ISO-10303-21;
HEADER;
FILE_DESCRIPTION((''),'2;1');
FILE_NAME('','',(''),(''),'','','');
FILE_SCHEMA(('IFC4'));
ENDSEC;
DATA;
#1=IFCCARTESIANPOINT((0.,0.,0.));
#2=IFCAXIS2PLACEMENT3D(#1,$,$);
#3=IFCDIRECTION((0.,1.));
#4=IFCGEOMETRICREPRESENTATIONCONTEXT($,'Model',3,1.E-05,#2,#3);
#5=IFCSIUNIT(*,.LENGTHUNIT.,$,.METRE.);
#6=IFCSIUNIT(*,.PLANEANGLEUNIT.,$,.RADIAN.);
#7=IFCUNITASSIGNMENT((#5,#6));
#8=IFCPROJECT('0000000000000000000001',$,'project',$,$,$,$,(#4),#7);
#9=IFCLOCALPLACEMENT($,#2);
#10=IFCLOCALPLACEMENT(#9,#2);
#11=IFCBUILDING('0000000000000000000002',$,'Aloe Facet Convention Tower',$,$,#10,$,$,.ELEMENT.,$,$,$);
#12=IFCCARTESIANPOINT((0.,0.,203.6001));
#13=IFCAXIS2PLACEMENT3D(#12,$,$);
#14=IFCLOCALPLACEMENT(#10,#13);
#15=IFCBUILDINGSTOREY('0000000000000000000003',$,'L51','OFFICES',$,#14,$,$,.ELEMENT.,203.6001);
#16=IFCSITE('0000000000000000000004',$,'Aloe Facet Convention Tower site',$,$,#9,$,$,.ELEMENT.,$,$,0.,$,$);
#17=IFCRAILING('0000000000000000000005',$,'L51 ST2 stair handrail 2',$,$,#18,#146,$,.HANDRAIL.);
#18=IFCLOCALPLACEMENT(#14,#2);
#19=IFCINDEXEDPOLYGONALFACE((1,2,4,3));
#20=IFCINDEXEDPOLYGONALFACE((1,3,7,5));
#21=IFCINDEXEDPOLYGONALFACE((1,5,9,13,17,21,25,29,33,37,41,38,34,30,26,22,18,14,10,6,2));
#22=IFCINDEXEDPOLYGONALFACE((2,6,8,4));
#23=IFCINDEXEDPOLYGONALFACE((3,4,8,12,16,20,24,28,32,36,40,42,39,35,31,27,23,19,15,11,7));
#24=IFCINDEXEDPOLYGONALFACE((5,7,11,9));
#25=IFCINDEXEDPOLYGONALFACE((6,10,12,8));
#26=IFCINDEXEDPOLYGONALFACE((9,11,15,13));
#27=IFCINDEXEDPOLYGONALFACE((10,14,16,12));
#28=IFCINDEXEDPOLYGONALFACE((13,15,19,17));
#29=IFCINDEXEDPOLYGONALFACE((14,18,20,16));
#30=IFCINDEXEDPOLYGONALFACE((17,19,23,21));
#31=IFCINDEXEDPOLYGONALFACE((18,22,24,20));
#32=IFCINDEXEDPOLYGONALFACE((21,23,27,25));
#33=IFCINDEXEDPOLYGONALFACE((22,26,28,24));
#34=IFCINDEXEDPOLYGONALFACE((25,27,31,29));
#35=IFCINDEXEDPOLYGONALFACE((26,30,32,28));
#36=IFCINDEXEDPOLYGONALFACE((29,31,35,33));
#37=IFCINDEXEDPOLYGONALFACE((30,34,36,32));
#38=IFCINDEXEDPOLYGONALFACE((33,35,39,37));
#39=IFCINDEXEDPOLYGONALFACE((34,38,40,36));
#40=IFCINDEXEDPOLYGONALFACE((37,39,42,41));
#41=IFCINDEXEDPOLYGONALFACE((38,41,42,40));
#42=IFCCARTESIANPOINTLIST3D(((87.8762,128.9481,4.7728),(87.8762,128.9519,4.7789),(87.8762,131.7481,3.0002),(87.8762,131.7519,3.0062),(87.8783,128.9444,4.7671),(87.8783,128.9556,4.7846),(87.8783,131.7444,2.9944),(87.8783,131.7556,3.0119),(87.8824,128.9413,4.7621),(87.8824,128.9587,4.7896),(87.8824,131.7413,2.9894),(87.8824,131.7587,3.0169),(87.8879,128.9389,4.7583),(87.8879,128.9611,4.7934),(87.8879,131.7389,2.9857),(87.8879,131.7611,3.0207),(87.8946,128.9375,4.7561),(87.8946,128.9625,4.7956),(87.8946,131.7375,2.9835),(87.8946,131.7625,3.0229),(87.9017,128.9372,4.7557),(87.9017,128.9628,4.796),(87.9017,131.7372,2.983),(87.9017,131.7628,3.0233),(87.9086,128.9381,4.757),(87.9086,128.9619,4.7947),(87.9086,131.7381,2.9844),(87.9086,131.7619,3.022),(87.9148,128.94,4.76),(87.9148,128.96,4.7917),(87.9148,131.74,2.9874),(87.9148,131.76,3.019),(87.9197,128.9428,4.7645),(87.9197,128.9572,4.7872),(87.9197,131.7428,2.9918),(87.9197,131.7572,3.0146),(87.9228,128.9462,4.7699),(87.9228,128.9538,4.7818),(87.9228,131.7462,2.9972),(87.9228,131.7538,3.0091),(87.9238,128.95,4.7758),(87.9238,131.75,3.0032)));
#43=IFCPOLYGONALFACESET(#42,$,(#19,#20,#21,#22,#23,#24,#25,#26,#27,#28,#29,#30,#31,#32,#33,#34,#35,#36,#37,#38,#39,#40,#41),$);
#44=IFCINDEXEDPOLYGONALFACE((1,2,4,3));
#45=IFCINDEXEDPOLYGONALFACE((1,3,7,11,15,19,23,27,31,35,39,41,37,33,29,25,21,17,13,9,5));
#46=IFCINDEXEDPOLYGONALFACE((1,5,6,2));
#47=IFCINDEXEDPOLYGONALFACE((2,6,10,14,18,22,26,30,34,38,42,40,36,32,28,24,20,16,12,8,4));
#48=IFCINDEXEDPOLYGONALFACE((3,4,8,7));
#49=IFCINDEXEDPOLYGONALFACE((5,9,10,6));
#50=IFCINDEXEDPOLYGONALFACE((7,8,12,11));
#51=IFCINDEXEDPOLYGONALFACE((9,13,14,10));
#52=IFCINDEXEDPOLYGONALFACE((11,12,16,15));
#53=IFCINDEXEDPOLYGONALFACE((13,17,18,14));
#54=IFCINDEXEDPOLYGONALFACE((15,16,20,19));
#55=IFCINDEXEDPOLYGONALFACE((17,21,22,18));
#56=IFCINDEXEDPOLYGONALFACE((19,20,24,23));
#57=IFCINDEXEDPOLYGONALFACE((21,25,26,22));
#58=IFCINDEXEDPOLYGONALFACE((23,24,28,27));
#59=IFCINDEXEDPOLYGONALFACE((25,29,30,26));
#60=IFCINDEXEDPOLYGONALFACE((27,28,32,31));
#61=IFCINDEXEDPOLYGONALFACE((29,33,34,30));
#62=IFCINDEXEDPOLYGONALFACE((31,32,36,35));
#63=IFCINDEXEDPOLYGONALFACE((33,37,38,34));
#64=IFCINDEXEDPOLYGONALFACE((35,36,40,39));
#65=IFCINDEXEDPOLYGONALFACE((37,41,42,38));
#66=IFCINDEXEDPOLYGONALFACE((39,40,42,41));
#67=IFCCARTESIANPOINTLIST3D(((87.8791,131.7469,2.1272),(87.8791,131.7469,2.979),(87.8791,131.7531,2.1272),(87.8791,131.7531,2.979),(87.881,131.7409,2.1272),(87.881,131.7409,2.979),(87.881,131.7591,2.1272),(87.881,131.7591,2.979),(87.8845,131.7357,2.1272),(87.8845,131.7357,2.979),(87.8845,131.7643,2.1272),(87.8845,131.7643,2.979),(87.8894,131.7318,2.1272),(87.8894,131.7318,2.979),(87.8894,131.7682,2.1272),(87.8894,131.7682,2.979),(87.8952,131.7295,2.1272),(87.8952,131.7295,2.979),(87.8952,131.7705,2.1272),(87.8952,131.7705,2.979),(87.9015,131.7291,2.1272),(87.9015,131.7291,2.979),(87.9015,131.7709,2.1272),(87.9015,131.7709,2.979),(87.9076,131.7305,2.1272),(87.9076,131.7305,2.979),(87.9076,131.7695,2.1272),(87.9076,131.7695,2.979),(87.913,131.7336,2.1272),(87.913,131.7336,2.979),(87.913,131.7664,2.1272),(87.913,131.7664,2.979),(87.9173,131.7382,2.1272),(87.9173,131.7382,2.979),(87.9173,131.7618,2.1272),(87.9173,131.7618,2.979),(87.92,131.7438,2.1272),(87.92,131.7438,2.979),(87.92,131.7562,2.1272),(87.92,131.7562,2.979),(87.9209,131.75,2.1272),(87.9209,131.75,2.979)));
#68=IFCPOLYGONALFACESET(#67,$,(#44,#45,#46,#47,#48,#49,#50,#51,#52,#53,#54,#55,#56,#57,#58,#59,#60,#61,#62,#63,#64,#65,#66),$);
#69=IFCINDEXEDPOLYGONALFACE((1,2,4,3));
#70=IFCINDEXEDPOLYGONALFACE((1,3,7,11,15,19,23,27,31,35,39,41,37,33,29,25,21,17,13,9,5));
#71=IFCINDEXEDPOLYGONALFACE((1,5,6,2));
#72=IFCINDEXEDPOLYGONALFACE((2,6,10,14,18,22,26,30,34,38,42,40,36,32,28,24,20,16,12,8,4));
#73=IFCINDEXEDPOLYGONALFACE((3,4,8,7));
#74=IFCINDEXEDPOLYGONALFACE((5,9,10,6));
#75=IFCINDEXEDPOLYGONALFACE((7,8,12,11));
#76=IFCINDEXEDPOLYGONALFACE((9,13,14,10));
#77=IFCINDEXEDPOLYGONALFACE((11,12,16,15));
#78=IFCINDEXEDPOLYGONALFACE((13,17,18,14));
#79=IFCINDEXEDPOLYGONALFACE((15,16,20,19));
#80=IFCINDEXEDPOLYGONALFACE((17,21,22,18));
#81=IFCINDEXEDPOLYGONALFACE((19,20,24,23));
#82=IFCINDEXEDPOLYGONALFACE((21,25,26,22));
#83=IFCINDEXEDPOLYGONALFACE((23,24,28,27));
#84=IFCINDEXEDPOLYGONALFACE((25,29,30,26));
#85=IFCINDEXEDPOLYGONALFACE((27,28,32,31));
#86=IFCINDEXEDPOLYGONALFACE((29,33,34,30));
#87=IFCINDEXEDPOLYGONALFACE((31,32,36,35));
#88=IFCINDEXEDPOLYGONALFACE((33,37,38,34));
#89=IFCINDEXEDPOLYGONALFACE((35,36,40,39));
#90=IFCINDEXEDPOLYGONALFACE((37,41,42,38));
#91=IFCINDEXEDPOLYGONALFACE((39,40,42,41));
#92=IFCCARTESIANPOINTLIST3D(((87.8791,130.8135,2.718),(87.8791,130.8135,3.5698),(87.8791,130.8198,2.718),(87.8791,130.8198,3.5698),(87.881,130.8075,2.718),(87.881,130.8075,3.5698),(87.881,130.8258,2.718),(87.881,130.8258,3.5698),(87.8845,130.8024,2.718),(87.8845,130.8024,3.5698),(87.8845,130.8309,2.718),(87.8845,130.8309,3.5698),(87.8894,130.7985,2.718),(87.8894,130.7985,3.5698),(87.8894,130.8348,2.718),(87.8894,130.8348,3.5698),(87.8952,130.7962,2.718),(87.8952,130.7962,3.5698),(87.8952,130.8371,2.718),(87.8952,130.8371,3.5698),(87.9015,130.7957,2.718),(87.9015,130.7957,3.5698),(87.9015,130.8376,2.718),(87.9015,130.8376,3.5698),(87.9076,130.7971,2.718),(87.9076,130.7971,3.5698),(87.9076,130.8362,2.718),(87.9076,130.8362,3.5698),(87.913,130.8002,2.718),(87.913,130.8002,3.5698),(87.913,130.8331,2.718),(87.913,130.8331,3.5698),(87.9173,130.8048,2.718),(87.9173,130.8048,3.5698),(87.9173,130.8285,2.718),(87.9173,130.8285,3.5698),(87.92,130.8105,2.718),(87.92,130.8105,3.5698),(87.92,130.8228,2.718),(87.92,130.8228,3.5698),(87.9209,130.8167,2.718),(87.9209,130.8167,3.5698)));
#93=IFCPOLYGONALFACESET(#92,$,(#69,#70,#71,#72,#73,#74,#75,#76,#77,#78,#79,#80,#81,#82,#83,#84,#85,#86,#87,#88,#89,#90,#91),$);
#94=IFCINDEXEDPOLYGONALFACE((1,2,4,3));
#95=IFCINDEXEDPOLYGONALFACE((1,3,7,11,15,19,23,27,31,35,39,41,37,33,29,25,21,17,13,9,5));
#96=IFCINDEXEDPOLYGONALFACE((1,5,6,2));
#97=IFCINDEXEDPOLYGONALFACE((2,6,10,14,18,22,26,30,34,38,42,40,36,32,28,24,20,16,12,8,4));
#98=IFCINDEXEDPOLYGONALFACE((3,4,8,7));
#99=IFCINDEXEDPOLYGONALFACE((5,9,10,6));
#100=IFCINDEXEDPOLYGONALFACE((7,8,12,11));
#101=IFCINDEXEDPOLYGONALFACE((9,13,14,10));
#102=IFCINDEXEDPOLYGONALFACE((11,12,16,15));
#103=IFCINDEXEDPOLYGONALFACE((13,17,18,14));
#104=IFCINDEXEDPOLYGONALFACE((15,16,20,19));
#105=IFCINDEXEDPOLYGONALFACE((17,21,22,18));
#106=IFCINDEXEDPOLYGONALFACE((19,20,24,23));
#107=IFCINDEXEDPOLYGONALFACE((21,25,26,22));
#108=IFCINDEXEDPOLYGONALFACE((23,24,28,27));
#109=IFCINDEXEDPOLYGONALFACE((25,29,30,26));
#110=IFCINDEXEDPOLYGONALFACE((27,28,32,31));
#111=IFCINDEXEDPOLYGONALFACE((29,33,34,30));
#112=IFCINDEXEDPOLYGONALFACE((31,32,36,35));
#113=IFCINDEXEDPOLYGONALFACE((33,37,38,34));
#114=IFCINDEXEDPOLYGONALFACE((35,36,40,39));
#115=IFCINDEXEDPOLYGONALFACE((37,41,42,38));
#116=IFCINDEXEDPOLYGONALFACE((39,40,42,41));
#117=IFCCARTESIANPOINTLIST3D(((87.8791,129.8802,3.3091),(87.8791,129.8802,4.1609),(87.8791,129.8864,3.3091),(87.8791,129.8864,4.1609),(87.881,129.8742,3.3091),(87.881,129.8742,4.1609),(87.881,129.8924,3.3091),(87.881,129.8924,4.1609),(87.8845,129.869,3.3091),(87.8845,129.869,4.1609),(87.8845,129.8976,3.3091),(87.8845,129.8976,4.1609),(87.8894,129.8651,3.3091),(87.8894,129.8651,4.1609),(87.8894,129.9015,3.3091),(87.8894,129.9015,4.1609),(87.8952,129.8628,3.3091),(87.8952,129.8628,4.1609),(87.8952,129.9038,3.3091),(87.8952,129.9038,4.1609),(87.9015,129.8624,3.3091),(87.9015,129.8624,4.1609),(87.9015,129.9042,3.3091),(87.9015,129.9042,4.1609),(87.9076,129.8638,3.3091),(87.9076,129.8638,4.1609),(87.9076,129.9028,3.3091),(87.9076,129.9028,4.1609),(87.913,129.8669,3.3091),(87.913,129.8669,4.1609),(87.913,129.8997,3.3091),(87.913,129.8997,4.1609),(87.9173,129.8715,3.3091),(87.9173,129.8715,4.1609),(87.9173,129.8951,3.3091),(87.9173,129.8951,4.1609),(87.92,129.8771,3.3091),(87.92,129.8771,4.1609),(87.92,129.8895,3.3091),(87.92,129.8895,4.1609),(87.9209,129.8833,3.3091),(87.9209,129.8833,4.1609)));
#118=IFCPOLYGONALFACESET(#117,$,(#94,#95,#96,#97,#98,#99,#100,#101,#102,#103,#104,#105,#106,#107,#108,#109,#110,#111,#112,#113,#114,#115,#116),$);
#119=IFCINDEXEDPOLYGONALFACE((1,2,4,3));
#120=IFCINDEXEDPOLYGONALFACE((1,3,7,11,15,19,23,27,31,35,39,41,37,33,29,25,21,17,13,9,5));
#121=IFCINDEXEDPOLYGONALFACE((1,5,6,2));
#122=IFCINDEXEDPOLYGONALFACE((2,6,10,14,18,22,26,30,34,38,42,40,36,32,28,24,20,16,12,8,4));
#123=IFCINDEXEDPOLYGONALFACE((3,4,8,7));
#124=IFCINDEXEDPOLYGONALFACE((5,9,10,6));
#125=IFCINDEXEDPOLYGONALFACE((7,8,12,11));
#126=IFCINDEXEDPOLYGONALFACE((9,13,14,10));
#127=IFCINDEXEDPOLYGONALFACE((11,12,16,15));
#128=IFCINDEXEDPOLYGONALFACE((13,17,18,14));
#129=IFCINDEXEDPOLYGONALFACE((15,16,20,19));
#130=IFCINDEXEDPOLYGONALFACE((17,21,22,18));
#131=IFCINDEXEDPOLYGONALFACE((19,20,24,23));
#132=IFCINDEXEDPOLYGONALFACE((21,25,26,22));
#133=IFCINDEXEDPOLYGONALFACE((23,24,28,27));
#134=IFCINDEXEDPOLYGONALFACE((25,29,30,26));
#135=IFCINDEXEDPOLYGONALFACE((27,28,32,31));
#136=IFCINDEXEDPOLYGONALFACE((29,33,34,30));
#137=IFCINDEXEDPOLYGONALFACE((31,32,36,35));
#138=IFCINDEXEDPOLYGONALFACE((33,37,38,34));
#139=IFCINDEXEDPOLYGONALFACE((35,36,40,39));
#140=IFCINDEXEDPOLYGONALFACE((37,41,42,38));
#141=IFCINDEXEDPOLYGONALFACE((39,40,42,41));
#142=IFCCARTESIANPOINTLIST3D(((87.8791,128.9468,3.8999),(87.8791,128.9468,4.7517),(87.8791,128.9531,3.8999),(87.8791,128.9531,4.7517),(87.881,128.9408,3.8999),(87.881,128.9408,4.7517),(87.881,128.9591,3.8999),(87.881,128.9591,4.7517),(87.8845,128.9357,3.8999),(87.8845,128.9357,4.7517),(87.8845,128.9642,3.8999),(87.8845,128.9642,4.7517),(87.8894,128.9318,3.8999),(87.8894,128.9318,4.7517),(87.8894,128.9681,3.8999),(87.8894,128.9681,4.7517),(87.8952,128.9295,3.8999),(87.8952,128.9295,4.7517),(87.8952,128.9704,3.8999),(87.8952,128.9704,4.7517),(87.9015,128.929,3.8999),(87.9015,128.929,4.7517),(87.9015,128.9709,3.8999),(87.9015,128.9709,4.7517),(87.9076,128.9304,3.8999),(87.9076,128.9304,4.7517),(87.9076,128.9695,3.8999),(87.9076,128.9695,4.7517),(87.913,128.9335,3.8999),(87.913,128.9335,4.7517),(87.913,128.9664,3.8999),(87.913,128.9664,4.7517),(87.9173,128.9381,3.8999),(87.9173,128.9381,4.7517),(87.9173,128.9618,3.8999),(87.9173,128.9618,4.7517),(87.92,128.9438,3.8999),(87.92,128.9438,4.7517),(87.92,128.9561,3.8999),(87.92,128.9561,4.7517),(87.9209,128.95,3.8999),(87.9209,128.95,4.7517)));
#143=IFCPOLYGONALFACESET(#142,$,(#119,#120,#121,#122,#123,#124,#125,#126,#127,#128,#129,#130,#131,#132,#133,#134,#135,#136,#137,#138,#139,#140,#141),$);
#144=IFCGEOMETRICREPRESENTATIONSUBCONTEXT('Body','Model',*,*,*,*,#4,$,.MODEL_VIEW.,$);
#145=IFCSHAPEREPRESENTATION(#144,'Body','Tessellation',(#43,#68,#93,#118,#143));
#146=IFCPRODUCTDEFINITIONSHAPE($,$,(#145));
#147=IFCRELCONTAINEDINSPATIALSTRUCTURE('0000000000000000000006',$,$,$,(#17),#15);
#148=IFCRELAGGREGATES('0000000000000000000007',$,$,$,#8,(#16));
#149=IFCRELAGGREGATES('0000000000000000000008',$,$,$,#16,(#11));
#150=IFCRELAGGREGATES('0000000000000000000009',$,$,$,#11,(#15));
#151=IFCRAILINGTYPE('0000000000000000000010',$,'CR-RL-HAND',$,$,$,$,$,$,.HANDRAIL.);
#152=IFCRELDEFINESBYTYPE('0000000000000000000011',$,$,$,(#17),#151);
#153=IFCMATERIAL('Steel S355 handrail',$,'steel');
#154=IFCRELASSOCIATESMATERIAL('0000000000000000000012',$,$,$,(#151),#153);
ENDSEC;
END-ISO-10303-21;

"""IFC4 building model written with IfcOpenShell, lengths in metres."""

from ifc_helpers import new_model, si_unit, direction, frame, origin, origin_2d, place, context, subcontext, project, spatial, circle, extrude, material, type_object, element, save


model = new_model("IFC4")

# Units and contexts
model_context = context("Model", 3, precision=1e-05, world=origin(), true_north=direction((0.0, 1.0)))
body_context = subcontext(model_context, "Body", "Model", "MODEL_VIEW")
ifc_project = project(units=[si_unit("LENGTHUNIT", "METRE"), si_unit("PLANEANGLEUNIT", "RADIAN")], contexts=[model_context])

# Site, building, storey
site_placement = place(None, origin())
site = spatial("IfcSite", under=ifc_project, at=site_placement, Name="Aloe Facet Convention Tower site", CompositionType="ELEMENT", RefElevation=0.0)
building_placement = place(site_placement, origin())
building = spatial("IfcBuilding", under=site, at=building_placement, Name="Aloe Facet Convention Tower", CompositionType="ELEMENT")
storey_placement = place(building_placement, frame((0.0, 0.0, 203.6001)))
storey = spatial("IfcBuildingStorey", under=building, at=storey_placement, Name="L51", Description="OFFICES", CompositionType="ELEMENT", Elevation=203.6001)

# Railing
ifc_material_1 = material(Name="Steel S355 handrail", Category="steel")
railing_type_1 = type_object("IfcRailingType", Name="CR-RL-HAND", PredefinedType="HANDRAIL", material=ifc_material_1)
railing_1_placement = place(storey_placement, frame((87.8999, 131.75, 2.1272)))
element("IfcRailing", 1, at=railing_1_placement, inside=storey, type_object=railing_type_1, Name="L51 ST2 stair handrail 2", PredefinedType="HANDRAIL", context=body_context, shape_type="SweptSolid", body=[
    extrude(circle(Radius=0.0239, at=origin_2d()), frame((0.0, 0.0, 0.876), z_axis=(0.0, -0.844909, 0.53491), x_axis=(1.0, 0.0, 0.0)), (0.0, 0.0, 1.0), 3.314),
    extrude(circle(Radius=0.021, at=origin_2d()), origin(), (0.0, 0.0, 1.0), 0.8518),
    extrude(circle(Radius=0.021, at=origin_2d()), frame((0.0, -0.9333, 0.5908)), (0.0, 0.0, 1.0), 0.8518),
    extrude(circle(Radius=0.021, at=origin_2d()), frame((0.0, -1.8667, 1.1819)), (0.0, 0.0, 1.0), 0.8518),
    extrude(circle(Radius=0.021, at=origin_2d()), frame((0.0, -2.8, 1.7727)), (0.0, 0.0, 1.0), 0.8518),
])

save(model, "model.ifc")
